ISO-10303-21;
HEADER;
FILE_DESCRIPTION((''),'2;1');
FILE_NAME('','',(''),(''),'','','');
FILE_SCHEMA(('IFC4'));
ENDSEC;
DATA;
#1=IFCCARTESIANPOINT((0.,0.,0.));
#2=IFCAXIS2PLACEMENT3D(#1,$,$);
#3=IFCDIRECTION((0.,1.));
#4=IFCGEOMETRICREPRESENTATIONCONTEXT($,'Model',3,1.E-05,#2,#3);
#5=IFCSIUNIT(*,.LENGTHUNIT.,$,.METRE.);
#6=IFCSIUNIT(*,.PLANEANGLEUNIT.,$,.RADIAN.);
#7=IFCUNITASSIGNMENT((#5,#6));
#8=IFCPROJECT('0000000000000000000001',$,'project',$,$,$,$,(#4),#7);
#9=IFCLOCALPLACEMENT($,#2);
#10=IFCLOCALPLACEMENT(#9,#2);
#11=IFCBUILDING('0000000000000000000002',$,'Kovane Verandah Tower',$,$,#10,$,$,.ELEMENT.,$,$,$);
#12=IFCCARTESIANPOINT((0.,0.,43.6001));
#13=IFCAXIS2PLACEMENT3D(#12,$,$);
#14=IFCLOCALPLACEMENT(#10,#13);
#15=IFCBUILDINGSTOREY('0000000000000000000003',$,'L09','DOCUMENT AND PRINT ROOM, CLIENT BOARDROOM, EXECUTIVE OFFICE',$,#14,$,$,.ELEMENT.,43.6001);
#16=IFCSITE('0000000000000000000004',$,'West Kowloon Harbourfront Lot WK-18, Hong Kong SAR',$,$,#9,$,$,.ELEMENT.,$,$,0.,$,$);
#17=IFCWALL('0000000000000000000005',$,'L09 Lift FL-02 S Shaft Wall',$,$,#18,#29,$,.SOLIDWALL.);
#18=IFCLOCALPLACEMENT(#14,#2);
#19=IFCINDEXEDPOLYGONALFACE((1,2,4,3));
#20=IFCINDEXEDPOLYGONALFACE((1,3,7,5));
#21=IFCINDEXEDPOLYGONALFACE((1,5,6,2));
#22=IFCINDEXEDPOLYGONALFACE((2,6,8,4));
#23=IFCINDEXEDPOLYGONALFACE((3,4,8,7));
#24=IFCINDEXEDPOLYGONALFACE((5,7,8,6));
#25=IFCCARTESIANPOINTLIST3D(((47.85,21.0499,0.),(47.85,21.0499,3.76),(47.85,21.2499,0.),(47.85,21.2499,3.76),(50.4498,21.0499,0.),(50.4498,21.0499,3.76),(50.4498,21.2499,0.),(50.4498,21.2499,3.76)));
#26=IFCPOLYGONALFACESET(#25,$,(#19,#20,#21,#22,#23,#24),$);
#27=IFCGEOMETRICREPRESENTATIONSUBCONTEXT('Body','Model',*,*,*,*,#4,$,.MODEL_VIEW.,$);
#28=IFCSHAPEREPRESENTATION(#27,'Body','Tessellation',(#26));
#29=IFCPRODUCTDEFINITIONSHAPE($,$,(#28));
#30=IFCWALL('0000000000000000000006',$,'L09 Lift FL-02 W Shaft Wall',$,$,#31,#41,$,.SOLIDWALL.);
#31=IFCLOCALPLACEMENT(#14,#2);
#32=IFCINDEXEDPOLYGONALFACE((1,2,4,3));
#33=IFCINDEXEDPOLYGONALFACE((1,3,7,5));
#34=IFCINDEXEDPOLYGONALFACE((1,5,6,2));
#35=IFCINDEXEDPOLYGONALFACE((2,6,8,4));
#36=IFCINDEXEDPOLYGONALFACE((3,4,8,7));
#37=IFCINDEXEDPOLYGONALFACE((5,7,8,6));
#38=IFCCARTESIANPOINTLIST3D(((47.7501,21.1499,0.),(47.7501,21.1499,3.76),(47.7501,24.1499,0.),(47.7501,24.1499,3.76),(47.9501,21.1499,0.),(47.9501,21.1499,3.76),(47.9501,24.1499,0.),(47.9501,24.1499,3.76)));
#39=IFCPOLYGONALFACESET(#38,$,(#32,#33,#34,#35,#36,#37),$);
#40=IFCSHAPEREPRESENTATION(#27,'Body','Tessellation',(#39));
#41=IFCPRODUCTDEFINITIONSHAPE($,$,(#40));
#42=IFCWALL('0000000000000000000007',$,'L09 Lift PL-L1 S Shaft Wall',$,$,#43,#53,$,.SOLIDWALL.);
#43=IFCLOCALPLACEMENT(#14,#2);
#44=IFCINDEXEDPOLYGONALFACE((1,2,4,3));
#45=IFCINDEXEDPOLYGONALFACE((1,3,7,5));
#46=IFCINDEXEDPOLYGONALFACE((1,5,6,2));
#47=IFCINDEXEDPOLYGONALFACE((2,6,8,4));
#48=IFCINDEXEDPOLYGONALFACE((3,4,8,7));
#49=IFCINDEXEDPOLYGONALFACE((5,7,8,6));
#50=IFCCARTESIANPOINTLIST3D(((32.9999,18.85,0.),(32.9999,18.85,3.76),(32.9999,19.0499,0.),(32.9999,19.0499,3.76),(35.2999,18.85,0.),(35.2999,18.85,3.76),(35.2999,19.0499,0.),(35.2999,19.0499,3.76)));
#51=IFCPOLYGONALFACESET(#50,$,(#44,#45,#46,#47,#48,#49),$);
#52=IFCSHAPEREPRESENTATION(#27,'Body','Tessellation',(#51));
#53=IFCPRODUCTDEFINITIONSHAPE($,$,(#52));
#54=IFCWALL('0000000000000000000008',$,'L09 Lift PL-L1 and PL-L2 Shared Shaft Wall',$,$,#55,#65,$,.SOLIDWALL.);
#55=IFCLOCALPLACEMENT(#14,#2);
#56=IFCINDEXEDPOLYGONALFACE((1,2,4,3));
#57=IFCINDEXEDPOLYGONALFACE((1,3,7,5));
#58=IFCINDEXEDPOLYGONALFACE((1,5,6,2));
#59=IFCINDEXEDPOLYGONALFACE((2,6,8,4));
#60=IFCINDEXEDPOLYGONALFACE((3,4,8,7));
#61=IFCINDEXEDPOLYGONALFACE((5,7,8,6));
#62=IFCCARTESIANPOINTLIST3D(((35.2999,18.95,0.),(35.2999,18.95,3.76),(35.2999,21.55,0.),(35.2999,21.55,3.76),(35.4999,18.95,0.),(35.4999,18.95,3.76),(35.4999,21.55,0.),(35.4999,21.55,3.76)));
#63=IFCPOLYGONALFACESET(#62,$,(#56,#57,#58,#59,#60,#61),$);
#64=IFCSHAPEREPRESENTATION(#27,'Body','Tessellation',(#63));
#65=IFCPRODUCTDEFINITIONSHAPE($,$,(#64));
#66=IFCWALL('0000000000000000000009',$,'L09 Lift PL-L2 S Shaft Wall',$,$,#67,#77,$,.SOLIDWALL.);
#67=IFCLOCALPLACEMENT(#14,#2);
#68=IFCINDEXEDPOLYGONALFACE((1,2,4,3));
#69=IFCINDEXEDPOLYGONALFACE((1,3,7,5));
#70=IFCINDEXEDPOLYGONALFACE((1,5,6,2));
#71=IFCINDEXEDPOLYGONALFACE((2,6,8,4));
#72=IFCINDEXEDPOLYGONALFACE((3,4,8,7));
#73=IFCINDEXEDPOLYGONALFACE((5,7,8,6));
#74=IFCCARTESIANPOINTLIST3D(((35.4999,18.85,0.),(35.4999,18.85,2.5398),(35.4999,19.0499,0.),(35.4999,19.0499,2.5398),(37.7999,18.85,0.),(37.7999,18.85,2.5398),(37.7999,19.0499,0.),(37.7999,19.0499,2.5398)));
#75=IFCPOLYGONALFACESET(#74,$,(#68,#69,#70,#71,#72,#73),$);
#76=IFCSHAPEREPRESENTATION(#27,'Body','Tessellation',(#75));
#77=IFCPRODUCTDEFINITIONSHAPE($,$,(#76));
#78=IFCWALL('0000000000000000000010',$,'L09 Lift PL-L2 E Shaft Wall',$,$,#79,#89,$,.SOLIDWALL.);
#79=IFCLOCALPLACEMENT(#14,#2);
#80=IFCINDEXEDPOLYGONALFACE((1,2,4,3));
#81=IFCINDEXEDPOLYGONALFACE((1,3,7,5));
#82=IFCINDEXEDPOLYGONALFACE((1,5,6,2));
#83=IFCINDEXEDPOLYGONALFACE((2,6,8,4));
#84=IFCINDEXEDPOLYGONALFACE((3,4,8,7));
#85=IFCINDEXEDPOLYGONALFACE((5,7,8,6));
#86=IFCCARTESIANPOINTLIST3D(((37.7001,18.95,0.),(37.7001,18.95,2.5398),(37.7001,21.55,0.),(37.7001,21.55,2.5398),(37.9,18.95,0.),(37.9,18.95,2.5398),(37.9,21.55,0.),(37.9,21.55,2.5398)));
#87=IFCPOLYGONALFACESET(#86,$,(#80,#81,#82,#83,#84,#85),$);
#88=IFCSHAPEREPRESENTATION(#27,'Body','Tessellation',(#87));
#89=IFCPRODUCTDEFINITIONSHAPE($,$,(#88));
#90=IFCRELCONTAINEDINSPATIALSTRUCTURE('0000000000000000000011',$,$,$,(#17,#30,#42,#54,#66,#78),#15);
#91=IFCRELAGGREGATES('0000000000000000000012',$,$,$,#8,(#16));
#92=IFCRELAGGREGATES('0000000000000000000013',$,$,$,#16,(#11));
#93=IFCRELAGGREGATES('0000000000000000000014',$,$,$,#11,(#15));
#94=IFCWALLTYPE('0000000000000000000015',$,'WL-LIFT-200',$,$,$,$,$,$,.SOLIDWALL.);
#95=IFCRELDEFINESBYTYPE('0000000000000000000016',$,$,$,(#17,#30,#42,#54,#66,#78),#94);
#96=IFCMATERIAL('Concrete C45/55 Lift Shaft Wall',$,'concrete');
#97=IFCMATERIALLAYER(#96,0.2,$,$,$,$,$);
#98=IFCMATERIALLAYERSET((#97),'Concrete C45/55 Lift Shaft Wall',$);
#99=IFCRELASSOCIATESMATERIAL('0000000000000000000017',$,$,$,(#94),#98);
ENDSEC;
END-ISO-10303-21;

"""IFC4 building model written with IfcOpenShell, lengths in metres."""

from ifc_helpers import new_model, si_unit, direction, frame, frame_2d, origin, place, context, subcontext, project, spatial, rectangle, extrude, material, layer, layer_set, type_object, element, save


model = new_model("IFC4")

# Units and contexts
model_context = context("Model", 3, precision=1e-05, world=origin(), true_north=direction((0.0, 1.0)))
body_context = subcontext(model_context, "Body", "Model", "MODEL_VIEW")
ifc_project = project(units=[si_unit("LENGTHUNIT", "METRE"), si_unit("PLANEANGLEUNIT", "RADIAN")], contexts=[model_context])

# Site, building, storey
site_placement = place(None, origin())
site = spatial("IfcSite", under=ifc_project, at=site_placement, Name="West Kowloon Harbourfront Lot WK-18, Hong Kong SAR", CompositionType="ELEMENT", RefElevation=0.0)
building_placement = place(site_placement, origin())
building = spatial("IfcBuilding", under=site, at=building_placement, Name="Kovane Verandah Tower", CompositionType="ELEMENT")
storey_placement = place(building_placement, frame((0.0, 0.0, 43.6001)))
storey = spatial("IfcBuildingStorey", under=building, at=storey_placement, Name="L09", Description="DOCUMENT AND PRINT ROOM, CLIENT BOARDROOM, EXECUTIVE OFFICE", CompositionType="ELEMENT", Elevation=43.6001)

# Wall
ifc_material_1 = material(Name="Concrete C45/55 Lift Shaft Wall", Category="concrete")
ifc_layer_1 = layer(ifc_material_1, 0.2)
ifc_layer_set_1 = layer_set([ifc_layer_1], Name="Concrete C45/55 Lift Shaft Wall")
wall_type_1 = type_object("IfcWallType", Name="WL-LIFT-200", PredefinedType="SOLIDWALL", material=ifc_layer_set_1)
wall_1_placement = place(storey_placement, frame((47.8501, 21.1499, 0.0), z_axis=(0.0, 0.0, 1.0), x_axis=(1.0, 0.0, 0.0)))
element("IfcWall", 1, at=wall_1_placement, inside=storey, type_object=wall_type_1, Name="L09 Lift FL-02 S Shaft Wall", PredefinedType="SOLIDWALL", context=body_context, shape_type="SweptSolid", body=[
    extrude(rectangle(XDim=2.5999, YDim=0.2, at=frame_2d((1.2998, 0.0))), origin(), (0.0, 0.0, 1.0), 3.76),
])

# Walls
wall_2_placement = place(storey_placement, frame((47.8501, 24.1499, 0.0), z_axis=(0.0, 0.0, 1.0), x_axis=(0.0, -1.0, 0.0)))
element("IfcWall", 2, at=wall_2_placement, inside=storey, type_object=wall_type_1, Name="L09 Lift FL-02 W Shaft Wall", PredefinedType="SOLIDWALL", context=body_context, shape_type="SweptSolid", body=[
    extrude(rectangle(XDim=3.0, YDim=0.2, at=frame_2d((1.5, 0.0))), origin(), (0.0, 0.0, 1.0), 3.76),
])
wall_3_placement = place(storey_placement, frame((33.0, 18.95, 0.0), z_axis=(0.0, 0.0, 1.0), x_axis=(1.0, 0.0, 0.0)))
element("IfcWall", 3, at=wall_3_placement, inside=storey, type_object=wall_type_1, Name="L09 Lift PL-L1 S Shaft Wall", PredefinedType="SOLIDWALL", context=body_context, shape_type="SweptSolid", body=[
    extrude(rectangle(XDim=2.3, YDim=0.2, at=frame_2d((1.1499, 0.0))), origin(), (0.0, 0.0, 1.0), 3.76),
])

# Walls
wall_4_placement = place(storey_placement, frame((35.3999, 18.95, 0.0), z_axis=(0.0, 0.0, 1.0), x_axis=(0.0, 1.0, 0.0)))
element("IfcWall", 4, at=wall_4_placement, inside=storey, type_object=wall_type_1, Name="L09 Lift PL-L1 and PL-L2 Shared Shaft Wall", PredefinedType="SOLIDWALL", context=body_context, shape_type="SweptSolid", body=[
    extrude(rectangle(XDim=2.6001, YDim=0.2, at=frame_2d((1.3, 0.0))), origin(), (0.0, 0.0, 1.0), 3.76),
])
wall_5_placement = place(storey_placement, frame((35.5, 18.95, 0.0), z_axis=(0.0, 0.0, 1.0), x_axis=(1.0, 0.0, 0.0)))
element("IfcWall", 5, at=wall_5_placement, inside=storey, type_object=wall_type_1, Name="L09 Lift PL-L2 S Shaft Wall", PredefinedType="SOLIDWALL", context=body_context, shape_type="SweptSolid", body=[
    extrude(rectangle(XDim=2.3, YDim=0.2, at=frame_2d((1.1499, 0.0))), origin(), (0.0, 0.0, 1.0), 2.5398),
])

# Wall
wall_6_placement = place(storey_placement, frame((37.8, 18.95, 0.0), z_axis=(0.0, 0.0, 1.0), x_axis=(0.0, 1.0, 0.0)))
element("IfcWall", 6, at=wall_6_placement, inside=storey, type_object=wall_type_1, Name="L09 Lift PL-L2 E Shaft Wall", PredefinedType="SOLIDWALL", context=body_context, shape_type="SweptSolid", body=[
    extrude(rectangle(XDim=2.6001, YDim=0.2, at=frame_2d((1.3, 0.0))), origin(), (0.0, 0.0, 1.0), 2.5398),
])

save(model, "model.ifc")
